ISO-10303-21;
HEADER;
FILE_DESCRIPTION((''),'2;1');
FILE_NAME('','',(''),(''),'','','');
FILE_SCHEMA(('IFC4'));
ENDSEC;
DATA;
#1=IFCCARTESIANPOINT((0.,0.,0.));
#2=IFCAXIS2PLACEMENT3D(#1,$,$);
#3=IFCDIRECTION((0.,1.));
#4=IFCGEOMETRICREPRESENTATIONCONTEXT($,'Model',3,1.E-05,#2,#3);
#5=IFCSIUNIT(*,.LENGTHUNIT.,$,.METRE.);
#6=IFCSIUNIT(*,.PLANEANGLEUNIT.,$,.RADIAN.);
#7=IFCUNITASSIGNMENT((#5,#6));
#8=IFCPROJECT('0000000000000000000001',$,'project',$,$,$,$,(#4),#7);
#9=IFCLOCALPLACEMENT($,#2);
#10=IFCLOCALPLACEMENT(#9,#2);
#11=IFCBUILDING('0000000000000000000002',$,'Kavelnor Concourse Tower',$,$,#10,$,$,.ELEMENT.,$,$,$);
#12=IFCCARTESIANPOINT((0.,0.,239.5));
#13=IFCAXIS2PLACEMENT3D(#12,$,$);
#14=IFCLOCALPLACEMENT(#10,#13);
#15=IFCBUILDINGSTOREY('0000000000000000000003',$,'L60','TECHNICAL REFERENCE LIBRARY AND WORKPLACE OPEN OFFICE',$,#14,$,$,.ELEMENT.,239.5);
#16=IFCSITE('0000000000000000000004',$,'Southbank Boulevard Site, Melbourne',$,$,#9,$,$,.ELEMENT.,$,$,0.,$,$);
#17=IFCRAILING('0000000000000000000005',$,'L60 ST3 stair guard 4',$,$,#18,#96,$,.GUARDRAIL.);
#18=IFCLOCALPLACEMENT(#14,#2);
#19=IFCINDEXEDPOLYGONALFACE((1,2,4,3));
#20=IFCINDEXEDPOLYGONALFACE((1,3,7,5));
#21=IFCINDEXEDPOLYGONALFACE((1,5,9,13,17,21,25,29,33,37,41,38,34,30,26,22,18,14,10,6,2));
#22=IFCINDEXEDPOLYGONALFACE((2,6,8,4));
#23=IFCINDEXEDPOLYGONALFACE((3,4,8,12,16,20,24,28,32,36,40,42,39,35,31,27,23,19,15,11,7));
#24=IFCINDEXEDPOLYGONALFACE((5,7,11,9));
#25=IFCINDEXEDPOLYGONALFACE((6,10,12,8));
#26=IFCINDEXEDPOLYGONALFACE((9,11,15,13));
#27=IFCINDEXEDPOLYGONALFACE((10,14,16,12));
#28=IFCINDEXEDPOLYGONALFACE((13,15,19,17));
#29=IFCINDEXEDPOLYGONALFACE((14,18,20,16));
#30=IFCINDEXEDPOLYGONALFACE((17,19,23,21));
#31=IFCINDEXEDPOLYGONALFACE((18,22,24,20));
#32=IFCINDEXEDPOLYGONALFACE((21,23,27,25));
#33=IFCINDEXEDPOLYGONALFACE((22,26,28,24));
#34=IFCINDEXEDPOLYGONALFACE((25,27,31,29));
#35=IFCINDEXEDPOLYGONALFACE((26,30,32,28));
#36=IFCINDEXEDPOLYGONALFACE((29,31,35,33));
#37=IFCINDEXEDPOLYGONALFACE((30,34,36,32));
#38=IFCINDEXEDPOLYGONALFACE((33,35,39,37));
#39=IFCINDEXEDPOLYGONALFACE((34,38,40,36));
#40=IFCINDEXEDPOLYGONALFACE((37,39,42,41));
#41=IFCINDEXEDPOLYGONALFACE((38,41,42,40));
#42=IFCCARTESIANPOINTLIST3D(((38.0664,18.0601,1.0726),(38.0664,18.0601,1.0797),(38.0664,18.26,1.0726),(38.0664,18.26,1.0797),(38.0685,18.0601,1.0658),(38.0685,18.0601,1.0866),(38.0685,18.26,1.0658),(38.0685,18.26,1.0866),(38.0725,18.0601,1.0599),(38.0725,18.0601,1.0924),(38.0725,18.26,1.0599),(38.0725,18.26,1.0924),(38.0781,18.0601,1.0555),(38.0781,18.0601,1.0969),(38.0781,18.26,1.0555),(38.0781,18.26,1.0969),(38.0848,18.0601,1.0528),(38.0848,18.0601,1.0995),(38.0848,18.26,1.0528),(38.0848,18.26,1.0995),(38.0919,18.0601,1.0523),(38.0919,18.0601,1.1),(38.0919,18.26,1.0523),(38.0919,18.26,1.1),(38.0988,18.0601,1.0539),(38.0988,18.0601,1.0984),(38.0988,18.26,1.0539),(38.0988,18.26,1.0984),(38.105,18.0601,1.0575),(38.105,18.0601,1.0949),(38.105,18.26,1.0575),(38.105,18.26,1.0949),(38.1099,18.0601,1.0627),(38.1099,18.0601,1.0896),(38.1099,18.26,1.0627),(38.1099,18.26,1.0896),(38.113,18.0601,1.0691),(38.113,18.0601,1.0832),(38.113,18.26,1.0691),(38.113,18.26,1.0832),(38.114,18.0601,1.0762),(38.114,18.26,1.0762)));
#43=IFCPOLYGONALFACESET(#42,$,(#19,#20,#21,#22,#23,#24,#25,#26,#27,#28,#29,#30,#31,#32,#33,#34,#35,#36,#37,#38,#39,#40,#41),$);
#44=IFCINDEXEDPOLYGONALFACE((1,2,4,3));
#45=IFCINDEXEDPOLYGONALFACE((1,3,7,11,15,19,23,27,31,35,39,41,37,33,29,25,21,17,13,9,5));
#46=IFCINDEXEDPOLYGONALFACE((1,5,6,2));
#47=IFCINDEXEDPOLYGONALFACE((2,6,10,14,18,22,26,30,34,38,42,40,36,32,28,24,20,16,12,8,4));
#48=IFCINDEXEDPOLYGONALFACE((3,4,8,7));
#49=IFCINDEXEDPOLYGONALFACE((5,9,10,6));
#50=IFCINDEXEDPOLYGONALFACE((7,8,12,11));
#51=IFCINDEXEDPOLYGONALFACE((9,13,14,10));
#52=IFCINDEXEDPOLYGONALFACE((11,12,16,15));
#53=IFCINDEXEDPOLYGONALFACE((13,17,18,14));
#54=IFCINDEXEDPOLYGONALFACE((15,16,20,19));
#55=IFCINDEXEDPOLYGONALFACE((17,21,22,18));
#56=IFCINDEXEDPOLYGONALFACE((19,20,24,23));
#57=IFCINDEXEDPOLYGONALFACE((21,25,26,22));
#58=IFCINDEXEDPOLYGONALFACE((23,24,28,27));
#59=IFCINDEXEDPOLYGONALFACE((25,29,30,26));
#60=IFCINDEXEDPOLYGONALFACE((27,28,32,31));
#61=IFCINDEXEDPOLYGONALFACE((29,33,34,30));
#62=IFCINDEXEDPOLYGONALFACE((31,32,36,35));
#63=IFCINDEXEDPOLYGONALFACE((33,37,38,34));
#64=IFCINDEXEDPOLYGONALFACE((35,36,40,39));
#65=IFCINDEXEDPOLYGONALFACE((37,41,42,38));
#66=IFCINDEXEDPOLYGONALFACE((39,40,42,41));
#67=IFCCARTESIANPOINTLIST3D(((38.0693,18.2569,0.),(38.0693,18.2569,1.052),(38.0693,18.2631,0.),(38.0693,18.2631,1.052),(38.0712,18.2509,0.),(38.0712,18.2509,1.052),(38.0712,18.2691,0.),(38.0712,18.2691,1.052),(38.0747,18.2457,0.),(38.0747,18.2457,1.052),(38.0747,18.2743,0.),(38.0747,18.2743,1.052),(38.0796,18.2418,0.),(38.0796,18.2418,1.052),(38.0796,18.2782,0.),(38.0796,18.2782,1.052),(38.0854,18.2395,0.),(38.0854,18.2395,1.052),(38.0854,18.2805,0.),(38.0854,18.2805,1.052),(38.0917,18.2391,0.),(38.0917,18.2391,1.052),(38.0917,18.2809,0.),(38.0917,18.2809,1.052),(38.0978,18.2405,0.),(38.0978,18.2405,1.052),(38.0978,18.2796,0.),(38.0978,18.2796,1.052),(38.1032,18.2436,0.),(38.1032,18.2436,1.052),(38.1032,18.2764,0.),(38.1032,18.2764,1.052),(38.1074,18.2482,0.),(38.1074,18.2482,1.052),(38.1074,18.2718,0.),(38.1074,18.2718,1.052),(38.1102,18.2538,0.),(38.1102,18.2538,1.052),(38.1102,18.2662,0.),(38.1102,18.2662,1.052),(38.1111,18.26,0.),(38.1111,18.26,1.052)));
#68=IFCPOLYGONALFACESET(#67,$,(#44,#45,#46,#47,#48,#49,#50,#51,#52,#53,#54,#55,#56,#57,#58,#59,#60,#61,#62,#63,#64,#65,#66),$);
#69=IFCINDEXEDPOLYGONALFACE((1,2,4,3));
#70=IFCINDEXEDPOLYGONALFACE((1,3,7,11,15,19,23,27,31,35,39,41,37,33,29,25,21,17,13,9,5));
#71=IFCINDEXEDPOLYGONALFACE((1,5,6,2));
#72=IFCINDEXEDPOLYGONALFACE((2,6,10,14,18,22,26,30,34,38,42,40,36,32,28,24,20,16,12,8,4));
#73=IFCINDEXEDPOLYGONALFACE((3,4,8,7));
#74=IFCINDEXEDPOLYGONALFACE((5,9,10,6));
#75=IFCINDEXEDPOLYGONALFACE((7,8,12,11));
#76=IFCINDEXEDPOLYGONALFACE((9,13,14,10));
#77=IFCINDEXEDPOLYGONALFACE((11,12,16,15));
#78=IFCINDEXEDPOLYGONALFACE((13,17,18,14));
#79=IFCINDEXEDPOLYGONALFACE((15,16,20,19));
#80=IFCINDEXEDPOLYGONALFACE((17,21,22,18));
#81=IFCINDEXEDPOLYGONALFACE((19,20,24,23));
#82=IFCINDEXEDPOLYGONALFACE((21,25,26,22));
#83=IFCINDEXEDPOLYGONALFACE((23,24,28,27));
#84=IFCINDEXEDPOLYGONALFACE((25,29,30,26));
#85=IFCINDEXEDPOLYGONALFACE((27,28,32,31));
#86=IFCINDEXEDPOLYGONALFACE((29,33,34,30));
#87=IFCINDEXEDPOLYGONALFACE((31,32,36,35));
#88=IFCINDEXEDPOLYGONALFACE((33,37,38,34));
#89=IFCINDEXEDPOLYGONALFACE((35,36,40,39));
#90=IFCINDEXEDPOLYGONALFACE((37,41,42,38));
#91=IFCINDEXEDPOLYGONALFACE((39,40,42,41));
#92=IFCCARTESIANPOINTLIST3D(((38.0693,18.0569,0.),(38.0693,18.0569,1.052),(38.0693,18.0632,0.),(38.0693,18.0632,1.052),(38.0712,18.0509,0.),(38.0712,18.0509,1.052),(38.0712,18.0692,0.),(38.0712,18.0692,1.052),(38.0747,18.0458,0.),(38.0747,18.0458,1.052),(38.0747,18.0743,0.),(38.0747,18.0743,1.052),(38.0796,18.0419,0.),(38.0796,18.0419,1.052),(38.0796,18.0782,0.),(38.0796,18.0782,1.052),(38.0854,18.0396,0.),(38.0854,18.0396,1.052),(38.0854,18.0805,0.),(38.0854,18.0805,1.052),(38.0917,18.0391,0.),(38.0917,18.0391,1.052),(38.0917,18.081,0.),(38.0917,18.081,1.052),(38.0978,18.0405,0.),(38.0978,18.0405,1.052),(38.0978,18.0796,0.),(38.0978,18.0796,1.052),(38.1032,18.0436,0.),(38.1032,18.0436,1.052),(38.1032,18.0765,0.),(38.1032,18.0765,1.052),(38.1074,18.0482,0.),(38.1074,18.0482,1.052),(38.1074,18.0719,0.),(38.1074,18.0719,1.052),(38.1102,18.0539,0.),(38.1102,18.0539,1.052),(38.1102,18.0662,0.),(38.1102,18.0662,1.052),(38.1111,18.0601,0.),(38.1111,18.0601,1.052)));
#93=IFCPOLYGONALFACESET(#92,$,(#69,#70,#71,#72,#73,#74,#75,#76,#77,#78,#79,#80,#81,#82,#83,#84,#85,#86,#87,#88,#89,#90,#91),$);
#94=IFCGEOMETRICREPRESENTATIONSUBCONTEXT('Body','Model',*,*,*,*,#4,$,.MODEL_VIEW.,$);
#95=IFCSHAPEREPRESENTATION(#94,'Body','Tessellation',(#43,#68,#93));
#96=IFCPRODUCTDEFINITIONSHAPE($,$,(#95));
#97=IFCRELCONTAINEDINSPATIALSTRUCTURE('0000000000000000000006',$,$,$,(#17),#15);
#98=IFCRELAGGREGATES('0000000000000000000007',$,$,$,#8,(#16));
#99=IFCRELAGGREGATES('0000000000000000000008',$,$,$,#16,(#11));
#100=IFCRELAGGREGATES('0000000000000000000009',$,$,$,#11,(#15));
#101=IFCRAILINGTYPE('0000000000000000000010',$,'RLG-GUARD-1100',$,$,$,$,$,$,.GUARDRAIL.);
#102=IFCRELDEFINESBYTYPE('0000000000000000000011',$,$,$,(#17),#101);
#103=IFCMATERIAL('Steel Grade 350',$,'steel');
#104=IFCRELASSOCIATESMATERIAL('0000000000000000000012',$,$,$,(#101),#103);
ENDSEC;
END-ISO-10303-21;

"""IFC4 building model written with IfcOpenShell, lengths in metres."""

from ifc_helpers import new_model, si_unit, direction, frame, origin, origin_2d, place, context, subcontext, project, spatial, circle, extrude, material, type_object, element, save


model = new_model("IFC4")

# Units and contexts
model_context = context("Model", 3, precision=1e-05, world=origin(), true_north=direction((0.0, 1.0)))
body_context = subcontext(model_context, "Body", "Model", "MODEL_VIEW")
ifc_project = project(units=[si_unit("LENGTHUNIT", "METRE"), si_unit("PLANEANGLEUNIT", "RADIAN")], contexts=[model_context])

# Site, building, storey
site_placement = place(None, origin())
site = spatial("IfcSite", under=ifc_project, at=site_placement, Name="Southbank Boulevard Site, Melbourne", CompositionType="ELEMENT", RefElevation=0.0)
building_placement = place(site_placement, origin())
building = spatial("IfcBuilding", under=site, at=building_placement, Name="Kavelnor Concourse Tower", CompositionType="ELEMENT")
storey_placement = place(building_placement, frame((0.0, 0.0, 239.5)))
storey = spatial("IfcBuildingStorey", under=building, at=storey_placement, Name="L60", Description="TECHNICAL REFERENCE LIBRARY AND WORKPLACE OPEN OFFICE", CompositionType="ELEMENT", Elevation=239.5)

# Shared definitions
ifc_material_1 = material(Name="Steel Grade 350", Category="steel")

# Railing
railing_type_1 = type_object("IfcRailingType", Name="RLG-GUARD-1100", PredefinedType="GUARDRAIL", material=ifc_material_1)
railing_1_placement = place(storey_placement, frame((38.0901, 18.26, 0.0)))
element("IfcRailing", 1, at=railing_1_placement, inside=storey, type_object=railing_type_1, Name="L60 ST3 stair guard 4", PredefinedType="GUARDRAIL", context=body_context, shape_type="SweptSolid", body=[
    extrude(circle(Radius=0.0239, at=origin_2d()), frame((0.0, 0.0, 1.0762), z_axis=(0.0, -1.0, 0.0), x_axis=(1.0, 0.0, 0.0)), (0.0, 0.0, 1.0), 0.2),
    extrude(circle(Radius=0.021, at=origin_2d()), origin(), (0.0, 0.0, 1.0), 1.052),
    extrude(circle(Radius=0.021, at=origin_2d()), frame((0.0, -0.2, 0.0)), (0.0, 0.0, 1.0), 1.052),
])

save(model, "model.ifc")
